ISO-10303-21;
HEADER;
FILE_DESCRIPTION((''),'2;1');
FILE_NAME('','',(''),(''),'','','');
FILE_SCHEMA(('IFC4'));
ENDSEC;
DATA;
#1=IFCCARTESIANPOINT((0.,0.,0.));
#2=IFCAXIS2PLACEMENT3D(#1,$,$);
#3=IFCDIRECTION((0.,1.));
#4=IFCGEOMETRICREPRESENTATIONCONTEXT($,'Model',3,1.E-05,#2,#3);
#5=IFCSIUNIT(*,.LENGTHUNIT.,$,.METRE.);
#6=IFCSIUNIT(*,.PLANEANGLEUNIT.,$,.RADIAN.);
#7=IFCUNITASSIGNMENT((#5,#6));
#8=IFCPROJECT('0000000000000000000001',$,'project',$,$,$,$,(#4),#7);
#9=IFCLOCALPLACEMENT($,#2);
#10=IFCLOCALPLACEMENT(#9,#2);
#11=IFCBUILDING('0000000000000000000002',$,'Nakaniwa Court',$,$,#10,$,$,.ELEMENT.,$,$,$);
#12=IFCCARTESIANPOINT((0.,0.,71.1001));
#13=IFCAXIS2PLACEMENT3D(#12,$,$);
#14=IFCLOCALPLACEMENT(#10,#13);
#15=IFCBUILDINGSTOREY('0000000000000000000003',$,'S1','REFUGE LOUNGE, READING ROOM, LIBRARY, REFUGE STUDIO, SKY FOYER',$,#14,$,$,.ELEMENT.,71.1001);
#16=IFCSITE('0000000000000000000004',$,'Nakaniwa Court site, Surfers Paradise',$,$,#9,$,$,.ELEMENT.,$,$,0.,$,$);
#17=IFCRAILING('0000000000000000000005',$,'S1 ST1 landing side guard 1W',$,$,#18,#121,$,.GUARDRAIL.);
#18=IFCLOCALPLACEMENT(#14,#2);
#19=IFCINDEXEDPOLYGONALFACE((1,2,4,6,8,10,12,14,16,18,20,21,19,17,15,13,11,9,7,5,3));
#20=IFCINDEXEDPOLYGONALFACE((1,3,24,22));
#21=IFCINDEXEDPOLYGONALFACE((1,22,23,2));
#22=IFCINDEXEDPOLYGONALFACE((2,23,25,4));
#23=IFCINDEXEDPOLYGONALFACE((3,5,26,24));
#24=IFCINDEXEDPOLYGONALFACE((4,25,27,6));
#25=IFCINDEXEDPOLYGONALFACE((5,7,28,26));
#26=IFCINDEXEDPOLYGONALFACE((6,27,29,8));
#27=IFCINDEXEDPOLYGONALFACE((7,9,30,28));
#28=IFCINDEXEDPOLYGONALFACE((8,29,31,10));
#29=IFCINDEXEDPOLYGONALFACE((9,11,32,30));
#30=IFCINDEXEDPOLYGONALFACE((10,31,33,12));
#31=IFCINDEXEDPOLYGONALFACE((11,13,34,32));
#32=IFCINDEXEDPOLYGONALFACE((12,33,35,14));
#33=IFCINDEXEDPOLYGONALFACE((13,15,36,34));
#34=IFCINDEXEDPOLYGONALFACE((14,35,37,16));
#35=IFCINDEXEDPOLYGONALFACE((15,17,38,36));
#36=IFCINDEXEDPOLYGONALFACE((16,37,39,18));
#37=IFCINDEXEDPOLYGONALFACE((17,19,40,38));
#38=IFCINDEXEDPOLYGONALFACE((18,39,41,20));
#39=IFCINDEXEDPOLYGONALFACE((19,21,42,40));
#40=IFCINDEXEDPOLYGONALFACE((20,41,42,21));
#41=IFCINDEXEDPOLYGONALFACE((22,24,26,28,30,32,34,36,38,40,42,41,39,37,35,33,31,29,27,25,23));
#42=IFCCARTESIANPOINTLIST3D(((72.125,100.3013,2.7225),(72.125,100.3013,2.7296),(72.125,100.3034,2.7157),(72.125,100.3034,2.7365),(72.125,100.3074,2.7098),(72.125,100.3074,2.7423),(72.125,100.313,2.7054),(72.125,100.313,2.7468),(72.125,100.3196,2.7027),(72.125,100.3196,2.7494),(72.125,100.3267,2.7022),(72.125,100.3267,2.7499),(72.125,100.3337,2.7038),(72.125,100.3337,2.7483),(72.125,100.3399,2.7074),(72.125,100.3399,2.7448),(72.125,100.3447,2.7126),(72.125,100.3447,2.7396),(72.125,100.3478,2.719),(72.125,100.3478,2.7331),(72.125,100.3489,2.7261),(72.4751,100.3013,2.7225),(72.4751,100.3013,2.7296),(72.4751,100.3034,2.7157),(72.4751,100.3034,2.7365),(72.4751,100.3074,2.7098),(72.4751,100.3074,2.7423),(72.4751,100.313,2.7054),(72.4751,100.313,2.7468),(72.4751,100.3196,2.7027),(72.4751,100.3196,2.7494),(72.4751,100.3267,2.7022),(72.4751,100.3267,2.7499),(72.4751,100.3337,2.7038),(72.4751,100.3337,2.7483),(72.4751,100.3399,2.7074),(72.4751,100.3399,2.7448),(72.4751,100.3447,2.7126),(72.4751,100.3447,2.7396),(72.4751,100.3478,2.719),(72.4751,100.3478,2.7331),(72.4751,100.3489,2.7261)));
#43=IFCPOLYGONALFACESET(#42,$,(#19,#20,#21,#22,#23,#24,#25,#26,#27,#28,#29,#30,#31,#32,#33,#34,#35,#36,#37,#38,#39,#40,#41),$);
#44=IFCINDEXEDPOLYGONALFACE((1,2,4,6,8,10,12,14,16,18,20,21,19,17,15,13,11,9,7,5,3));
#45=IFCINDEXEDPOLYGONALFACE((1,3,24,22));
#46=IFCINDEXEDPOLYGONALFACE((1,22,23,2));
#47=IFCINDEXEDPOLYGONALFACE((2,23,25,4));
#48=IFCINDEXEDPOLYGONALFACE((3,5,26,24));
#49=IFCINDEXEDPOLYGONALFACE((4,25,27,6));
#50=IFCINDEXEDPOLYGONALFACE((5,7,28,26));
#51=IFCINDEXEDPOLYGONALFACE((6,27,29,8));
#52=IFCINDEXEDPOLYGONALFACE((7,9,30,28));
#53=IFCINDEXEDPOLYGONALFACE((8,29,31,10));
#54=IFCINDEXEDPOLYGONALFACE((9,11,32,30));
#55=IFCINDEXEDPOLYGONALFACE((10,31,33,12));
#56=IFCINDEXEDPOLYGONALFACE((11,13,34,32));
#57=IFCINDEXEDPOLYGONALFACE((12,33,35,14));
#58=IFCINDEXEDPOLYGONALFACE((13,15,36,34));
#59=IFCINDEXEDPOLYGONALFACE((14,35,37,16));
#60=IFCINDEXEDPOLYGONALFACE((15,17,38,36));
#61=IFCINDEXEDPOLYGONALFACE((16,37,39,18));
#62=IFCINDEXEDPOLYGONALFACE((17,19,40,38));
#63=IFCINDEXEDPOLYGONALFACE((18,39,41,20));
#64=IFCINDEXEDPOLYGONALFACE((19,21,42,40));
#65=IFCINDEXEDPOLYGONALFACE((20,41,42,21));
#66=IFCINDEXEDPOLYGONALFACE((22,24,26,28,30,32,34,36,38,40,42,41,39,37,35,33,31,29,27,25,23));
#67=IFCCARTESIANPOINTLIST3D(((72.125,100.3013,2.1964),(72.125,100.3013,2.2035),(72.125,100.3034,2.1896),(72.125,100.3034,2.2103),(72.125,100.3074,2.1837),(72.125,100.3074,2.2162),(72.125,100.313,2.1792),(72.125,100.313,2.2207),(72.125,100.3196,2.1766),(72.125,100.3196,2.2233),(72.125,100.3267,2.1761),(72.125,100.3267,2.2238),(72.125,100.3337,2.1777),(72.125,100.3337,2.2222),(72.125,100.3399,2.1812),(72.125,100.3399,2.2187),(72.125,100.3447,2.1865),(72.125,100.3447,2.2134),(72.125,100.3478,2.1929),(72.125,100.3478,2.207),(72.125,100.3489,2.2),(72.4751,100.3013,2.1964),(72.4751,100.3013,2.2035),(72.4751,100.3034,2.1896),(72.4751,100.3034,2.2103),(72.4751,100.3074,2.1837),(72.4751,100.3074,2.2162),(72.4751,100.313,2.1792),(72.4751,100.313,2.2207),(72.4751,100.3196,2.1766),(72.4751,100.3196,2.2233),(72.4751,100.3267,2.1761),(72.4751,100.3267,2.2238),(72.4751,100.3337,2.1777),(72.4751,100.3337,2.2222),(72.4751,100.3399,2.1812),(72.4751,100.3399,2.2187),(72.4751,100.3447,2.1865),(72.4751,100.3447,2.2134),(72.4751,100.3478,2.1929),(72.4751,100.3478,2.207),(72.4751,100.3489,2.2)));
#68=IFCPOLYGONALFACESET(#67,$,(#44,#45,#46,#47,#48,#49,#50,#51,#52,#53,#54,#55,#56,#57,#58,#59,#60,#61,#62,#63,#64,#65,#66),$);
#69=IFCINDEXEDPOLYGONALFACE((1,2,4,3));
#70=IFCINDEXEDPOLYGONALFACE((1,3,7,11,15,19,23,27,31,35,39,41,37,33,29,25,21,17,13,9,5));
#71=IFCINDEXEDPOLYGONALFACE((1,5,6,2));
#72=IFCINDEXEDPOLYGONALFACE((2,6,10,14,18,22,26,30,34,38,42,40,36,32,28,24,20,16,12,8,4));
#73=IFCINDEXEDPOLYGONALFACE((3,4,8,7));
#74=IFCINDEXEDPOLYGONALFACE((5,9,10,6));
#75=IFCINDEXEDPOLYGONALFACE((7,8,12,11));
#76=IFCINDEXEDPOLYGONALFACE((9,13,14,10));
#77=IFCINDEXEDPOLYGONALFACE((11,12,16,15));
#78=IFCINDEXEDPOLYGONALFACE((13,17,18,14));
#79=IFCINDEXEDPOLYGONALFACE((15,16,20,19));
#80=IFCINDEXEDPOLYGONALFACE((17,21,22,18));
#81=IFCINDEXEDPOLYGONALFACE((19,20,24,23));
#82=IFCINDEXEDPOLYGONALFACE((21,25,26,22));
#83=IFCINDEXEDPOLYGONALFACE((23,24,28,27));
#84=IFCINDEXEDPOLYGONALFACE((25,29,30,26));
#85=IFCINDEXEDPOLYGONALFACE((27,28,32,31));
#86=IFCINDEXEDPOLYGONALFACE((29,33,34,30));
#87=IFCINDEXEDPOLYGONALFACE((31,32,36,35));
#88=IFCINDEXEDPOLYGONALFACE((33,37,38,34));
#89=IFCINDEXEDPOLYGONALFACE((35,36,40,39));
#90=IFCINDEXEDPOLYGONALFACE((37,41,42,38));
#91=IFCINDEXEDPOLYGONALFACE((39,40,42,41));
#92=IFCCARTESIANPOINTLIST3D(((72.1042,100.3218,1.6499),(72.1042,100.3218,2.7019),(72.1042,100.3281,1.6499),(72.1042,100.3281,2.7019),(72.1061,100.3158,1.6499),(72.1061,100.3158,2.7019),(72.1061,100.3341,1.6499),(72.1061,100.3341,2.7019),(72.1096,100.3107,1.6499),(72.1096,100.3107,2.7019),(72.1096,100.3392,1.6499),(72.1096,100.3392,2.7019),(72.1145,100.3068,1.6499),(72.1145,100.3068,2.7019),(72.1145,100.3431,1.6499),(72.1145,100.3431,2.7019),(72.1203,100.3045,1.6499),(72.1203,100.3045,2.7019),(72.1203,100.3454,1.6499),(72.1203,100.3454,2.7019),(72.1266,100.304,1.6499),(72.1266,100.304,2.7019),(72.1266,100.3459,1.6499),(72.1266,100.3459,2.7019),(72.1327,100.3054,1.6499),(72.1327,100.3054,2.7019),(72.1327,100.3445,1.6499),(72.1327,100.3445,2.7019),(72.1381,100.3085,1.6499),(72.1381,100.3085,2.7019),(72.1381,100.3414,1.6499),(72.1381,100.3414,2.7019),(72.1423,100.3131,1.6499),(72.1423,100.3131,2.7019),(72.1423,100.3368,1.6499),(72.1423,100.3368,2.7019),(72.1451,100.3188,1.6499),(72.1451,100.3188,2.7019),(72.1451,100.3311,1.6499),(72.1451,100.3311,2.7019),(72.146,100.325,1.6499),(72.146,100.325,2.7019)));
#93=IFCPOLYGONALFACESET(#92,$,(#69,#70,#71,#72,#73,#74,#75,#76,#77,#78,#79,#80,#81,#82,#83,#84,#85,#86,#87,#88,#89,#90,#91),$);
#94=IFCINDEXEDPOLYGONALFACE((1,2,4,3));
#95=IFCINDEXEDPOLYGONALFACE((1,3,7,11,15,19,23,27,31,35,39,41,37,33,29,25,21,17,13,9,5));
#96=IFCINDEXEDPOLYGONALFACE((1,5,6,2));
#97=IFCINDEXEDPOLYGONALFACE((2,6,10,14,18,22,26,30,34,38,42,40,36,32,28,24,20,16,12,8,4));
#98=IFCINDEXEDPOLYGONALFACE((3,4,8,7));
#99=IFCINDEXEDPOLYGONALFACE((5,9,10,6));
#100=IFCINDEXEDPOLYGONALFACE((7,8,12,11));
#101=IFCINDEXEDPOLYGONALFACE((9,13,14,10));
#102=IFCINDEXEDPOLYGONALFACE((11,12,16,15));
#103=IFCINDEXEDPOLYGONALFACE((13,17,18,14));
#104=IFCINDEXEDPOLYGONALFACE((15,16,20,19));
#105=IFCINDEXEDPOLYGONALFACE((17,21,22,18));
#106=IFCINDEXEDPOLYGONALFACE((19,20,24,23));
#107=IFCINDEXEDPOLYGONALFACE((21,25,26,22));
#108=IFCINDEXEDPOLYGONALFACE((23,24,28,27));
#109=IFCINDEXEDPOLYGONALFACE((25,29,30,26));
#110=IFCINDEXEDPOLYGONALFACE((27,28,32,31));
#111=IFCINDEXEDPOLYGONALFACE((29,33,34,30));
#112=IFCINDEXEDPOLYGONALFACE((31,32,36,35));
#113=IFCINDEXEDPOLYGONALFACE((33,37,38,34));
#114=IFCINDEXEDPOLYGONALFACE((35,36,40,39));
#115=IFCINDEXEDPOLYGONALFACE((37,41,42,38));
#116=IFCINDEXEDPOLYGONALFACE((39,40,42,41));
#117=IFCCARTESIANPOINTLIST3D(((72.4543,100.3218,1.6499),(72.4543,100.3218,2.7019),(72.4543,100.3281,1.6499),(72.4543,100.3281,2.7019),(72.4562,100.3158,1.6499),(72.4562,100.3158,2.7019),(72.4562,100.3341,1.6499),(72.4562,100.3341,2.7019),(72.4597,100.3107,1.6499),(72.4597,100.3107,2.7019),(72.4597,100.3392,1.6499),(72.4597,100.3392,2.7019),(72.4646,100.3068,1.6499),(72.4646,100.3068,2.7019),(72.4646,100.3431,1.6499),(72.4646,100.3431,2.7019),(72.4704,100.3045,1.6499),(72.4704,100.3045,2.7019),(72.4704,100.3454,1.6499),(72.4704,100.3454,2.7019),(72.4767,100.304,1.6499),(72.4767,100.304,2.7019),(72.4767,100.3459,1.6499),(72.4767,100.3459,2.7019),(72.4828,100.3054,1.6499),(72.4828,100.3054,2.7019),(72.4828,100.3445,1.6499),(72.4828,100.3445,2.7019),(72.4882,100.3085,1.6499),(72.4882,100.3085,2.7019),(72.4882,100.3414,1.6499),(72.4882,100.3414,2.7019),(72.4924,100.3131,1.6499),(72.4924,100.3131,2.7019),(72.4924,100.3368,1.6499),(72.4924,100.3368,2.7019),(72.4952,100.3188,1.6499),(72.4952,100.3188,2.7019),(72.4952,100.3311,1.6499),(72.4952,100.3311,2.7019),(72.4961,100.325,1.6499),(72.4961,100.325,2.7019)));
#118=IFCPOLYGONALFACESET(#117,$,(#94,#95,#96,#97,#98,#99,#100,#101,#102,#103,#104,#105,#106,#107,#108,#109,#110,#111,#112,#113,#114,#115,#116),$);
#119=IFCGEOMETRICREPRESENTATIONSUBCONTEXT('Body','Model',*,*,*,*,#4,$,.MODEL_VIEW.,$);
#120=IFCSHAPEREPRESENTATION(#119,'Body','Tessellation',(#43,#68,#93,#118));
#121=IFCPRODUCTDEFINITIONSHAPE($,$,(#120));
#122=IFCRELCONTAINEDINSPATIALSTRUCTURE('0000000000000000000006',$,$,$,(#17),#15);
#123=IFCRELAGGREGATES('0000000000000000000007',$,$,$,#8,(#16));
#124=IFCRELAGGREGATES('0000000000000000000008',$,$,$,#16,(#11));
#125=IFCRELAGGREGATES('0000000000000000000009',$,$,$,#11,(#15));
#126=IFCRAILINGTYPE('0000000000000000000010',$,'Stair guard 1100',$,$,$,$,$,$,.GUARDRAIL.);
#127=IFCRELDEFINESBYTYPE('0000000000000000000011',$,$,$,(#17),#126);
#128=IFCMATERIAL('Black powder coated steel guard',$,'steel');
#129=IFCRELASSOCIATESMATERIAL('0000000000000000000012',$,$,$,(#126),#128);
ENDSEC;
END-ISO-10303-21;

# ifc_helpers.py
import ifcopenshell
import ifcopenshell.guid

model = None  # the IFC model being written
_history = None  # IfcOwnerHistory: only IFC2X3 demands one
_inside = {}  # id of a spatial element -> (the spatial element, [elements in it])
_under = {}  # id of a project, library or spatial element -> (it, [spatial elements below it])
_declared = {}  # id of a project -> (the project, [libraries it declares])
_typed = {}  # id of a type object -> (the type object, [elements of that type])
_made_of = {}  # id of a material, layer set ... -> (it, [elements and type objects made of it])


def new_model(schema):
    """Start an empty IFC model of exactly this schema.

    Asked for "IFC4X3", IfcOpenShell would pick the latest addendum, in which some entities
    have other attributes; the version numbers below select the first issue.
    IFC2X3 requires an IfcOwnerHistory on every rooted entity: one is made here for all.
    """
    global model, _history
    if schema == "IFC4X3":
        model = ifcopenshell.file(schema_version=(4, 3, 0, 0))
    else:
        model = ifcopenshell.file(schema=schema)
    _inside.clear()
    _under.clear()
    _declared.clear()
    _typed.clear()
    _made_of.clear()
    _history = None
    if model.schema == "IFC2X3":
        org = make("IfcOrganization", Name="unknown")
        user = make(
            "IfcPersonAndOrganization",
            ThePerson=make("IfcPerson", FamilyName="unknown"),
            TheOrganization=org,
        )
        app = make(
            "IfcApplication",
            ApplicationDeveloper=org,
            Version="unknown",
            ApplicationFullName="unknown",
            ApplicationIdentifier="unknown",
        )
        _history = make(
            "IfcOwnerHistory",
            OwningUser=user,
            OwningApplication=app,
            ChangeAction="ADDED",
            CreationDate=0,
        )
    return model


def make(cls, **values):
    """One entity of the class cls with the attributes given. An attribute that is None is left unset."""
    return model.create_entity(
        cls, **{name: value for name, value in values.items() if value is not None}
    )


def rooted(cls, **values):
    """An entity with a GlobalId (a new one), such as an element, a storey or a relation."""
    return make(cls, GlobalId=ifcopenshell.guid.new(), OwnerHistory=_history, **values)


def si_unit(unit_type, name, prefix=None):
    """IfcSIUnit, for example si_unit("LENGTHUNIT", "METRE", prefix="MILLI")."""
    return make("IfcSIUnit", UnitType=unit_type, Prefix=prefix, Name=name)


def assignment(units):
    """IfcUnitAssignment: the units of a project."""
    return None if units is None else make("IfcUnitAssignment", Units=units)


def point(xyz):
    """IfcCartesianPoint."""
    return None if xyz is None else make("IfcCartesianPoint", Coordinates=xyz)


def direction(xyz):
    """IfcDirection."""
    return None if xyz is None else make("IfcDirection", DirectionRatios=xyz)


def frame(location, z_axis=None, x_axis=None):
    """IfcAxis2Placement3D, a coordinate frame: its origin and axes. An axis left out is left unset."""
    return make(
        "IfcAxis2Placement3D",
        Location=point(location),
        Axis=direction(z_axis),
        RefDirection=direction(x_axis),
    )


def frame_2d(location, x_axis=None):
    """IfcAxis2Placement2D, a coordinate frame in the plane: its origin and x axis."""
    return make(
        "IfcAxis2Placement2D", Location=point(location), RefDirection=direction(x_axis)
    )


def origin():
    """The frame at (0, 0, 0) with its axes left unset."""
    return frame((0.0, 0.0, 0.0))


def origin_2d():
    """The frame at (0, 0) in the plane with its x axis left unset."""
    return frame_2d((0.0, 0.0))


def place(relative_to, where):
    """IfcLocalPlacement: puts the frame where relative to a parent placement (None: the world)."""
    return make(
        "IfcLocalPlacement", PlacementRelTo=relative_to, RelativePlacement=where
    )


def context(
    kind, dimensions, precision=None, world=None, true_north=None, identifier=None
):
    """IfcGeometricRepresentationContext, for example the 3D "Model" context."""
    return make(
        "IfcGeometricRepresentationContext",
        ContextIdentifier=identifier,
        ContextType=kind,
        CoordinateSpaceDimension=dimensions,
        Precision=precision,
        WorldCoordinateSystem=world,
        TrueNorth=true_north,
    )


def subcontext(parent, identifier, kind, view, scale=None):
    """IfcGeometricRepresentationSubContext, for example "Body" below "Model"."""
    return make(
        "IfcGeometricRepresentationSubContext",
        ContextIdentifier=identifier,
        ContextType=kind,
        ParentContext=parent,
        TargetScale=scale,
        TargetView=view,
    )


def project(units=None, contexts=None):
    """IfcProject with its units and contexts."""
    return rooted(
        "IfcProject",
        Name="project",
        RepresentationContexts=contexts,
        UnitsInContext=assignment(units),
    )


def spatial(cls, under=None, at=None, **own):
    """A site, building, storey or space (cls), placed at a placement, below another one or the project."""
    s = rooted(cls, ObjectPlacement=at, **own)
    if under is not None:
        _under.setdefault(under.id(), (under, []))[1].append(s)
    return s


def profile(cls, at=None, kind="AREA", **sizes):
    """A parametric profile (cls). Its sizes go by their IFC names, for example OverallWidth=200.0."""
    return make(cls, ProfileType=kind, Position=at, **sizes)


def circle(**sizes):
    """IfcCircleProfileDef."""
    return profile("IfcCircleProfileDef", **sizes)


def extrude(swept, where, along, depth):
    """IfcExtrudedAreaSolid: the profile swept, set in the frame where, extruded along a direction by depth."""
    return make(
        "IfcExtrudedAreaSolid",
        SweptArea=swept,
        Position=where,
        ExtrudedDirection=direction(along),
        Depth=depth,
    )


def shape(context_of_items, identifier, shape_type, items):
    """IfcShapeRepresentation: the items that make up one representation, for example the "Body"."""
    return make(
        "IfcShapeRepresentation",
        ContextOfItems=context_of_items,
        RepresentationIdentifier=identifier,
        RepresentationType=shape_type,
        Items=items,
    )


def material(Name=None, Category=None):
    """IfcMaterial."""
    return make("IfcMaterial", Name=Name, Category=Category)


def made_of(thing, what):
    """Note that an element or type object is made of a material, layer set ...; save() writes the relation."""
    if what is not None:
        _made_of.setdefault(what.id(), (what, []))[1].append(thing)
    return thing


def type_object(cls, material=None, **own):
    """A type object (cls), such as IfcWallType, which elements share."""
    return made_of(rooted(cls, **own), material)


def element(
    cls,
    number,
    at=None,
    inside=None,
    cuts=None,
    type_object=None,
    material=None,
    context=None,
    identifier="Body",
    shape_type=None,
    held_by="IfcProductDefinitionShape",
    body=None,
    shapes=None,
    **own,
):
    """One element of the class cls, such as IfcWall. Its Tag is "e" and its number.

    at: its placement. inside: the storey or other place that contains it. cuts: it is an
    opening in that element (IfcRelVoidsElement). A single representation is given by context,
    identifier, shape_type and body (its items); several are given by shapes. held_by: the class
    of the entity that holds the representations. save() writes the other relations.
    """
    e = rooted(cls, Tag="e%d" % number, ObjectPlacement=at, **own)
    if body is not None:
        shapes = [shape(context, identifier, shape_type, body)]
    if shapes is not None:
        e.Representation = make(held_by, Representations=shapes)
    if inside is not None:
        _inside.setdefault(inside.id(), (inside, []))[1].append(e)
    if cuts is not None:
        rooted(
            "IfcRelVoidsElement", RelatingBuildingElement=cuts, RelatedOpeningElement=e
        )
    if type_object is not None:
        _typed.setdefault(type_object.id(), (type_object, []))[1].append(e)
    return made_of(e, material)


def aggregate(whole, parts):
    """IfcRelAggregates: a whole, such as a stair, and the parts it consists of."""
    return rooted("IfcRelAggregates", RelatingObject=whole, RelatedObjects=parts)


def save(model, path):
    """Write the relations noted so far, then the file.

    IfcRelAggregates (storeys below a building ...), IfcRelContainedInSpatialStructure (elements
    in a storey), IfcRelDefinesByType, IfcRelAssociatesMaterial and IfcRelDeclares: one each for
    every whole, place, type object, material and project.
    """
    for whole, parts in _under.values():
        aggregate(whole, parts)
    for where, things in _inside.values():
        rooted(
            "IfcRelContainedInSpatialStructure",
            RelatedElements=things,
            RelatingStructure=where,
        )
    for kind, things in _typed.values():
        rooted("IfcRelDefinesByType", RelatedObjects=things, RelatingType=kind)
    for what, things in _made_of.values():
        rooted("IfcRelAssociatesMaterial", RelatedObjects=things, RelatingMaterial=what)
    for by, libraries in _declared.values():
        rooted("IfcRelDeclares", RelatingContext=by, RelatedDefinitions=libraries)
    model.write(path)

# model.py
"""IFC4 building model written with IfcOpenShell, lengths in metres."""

from ifc_helpers import new_model, si_unit, direction, frame, origin, origin_2d, place, context, subcontext, project, spatial, circle, extrude, material, type_object, element, save


model = new_model("IFC4")

# Units and contexts
model_context = context("Model", 3, precision=1e-05, world=origin(), true_north=direction((0.0, 1.0)))
body_context = subcontext(model_context, "Body", "Model", "MODEL_VIEW")
ifc_project = project(units=[si_unit("LENGTHUNIT", "METRE"), si_unit("PLANEANGLEUNIT", "RADIAN")], contexts=[model_context])

# Site, building, storey
site_placement = place(None, origin())
site = spatial("IfcSite", under=ifc_project, at=site_placement, Name="Nakaniwa Court site, Surfers Paradise", CompositionType="ELEMENT", RefElevation=0.0)
building_placement = place(site_placement, origin())
building = spatial("IfcBuilding", under=site, at=building_placement, Name="Nakaniwa Court", CompositionType="ELEMENT")
storey_placement = place(building_placement, frame((0.0, 0.0, 71.1001)))
storey = spatial("IfcBuildingStorey", under=building, at=storey_placement, Name="S1", Description="REFUGE LOUNGE, READING ROOM, LIBRARY, REFUGE STUDIO, SKY FOYER", CompositionType="ELEMENT", Elevation=71.1001)

# Railing
ifc_material_1 = material(Name="Black powder coated steel guard", Category="steel")
railing_type_1 = type_object("IfcRailingType", Name="Stair guard 1100", PredefinedType="GUARDRAIL", material=ifc_material_1)
railing_1_placement = place(storey_placement, frame((72.125, 100.325, 1.6499)))
element("IfcRailing", 1, at=railing_1_placement, inside=storey, type_object=railing_type_1, Name="S1 ST1 landing side guard 1W", PredefinedType="GUARDRAIL", context=body_context, shape_type="SweptSolid", body=[
    extrude(circle(Radius=0.0239, at=origin_2d()), frame((0.0, 0.0, 1.0762), z_axis=(1.0, 0.0, 0.0), x_axis=(0.0, 1.0, 0.0)), (0.0, 0.0, 1.0), 0.3501),
    extrude(circle(Radius=0.0239, at=origin_2d()), frame((0.0, 0.0, 0.55), z_axis=(1.0, 0.0, 0.0), x_axis=(0.0, 1.0, 0.0)), (0.0, 0.0, 1.0), 0.3501),
    extrude(circle(Radius=0.021, at=origin_2d()), origin(), (0.0, 0.0, 1.0), 1.052),
    extrude(circle(Radius=0.021, at=origin_2d()), frame((0.3501, 0.0, 0.0)), (0.0, 0.0, 1.0), 1.052),
])

save(model, "model.ifc")
